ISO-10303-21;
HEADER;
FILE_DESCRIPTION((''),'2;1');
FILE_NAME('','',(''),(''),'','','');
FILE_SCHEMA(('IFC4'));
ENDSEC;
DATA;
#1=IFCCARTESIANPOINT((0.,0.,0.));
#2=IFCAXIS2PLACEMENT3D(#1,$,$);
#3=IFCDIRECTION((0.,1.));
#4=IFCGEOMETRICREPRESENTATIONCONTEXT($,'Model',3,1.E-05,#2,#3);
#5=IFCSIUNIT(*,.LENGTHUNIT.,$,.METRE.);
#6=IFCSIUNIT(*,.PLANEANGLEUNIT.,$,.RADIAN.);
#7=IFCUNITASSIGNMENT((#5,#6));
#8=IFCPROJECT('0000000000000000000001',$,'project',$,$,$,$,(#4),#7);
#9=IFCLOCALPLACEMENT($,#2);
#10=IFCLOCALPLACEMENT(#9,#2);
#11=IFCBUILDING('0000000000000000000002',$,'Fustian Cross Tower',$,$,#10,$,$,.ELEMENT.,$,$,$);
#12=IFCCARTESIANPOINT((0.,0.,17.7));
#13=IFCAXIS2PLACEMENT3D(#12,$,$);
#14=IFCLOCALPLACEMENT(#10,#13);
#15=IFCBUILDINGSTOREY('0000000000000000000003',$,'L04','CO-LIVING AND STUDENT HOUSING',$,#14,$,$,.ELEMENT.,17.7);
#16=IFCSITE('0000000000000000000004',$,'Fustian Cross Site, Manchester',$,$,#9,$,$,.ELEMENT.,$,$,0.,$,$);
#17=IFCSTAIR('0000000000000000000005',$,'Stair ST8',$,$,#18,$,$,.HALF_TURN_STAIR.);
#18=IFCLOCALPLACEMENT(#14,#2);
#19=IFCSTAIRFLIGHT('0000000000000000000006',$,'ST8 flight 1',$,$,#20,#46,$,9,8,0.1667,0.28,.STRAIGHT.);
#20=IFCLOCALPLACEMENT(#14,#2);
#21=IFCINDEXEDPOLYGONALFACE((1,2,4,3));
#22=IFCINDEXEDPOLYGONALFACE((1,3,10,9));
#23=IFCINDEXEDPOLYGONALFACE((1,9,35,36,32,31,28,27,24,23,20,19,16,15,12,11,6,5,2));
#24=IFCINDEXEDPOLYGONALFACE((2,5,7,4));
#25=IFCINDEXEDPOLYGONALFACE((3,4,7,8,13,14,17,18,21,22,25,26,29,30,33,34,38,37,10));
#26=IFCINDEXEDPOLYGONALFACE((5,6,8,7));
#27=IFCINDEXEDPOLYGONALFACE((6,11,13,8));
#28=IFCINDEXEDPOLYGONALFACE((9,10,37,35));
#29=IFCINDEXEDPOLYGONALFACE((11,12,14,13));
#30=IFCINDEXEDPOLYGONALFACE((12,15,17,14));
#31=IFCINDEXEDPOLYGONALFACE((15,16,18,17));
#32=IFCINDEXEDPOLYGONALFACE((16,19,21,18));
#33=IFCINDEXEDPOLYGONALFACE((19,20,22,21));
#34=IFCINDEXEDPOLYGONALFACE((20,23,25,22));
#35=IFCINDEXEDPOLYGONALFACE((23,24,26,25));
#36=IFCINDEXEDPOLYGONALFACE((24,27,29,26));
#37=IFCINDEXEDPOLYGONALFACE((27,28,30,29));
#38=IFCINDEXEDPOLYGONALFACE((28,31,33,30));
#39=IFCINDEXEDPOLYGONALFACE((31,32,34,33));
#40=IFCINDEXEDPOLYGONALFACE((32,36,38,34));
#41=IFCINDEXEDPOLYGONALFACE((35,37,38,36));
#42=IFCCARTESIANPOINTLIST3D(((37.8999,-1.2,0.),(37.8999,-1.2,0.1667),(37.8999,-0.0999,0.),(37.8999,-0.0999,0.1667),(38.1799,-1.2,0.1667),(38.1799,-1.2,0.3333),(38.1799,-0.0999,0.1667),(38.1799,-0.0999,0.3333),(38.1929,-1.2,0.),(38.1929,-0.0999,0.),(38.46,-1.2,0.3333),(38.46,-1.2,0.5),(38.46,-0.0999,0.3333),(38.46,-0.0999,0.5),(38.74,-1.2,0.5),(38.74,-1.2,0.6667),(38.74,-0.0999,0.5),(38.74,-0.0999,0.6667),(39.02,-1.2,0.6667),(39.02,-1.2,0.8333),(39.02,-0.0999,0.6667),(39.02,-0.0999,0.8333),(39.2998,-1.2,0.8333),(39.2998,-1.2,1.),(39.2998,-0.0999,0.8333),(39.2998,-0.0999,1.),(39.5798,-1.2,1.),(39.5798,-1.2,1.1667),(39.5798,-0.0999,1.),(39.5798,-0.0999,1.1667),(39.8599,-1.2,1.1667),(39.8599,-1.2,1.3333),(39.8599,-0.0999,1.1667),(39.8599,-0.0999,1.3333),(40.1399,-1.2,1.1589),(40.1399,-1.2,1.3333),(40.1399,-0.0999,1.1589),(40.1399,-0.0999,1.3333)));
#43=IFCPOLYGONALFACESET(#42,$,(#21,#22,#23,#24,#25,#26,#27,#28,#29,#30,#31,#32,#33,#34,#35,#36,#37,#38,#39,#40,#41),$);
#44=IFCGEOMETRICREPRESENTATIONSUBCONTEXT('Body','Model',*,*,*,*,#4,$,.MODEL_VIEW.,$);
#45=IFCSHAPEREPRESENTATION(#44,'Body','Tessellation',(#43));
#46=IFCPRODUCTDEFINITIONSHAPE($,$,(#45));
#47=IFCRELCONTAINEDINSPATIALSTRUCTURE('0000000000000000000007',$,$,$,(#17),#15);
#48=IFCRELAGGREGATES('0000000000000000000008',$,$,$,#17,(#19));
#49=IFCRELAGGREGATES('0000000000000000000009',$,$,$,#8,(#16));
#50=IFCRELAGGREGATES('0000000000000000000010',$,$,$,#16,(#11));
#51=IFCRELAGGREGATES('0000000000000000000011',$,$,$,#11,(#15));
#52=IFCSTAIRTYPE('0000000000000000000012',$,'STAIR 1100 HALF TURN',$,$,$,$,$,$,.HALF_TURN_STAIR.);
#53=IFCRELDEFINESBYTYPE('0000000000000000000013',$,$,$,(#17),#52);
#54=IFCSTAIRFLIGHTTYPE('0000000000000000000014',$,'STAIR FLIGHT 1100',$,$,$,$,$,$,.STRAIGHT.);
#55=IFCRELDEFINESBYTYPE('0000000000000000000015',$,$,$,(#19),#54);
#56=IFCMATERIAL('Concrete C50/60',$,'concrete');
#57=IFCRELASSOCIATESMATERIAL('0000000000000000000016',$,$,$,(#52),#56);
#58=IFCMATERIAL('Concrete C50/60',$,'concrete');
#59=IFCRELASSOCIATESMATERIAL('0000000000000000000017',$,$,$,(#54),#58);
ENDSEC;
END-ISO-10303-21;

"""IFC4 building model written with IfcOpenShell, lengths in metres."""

from ifc_helpers import new_model, si_unit, direction, frame, origin, place, context, subcontext, project, spatial, polyline, outline, extrude, material, type_object, element, aggregate, save


model = new_model("IFC4")

# Units and contexts
model_context = context("Model", 3, precision=1e-05, world=origin(), true_north=direction((0.0, 1.0)))
body_context = subcontext(model_context, "Body", "Model", "MODEL_VIEW")
ifc_project = project(units=[si_unit("LENGTHUNIT", "METRE"), si_unit("PLANEANGLEUNIT", "RADIAN")], contexts=[model_context])

# Site, building, storey
site_placement = place(None, origin())
site = spatial("IfcSite", under=ifc_project, at=site_placement, Name="Fustian Cross Site, Manchester", CompositionType="ELEMENT", RefElevation=0.0)
building_placement = place(site_placement, origin())
building = spatial("IfcBuilding", under=site, at=building_placement, Name="Fustian Cross Tower", CompositionType="ELEMENT")
storey_placement = place(building_placement, frame((0.0, 0.0, 17.7)))
storey = spatial("IfcBuildingStorey", under=building, at=storey_placement, Name="L04", Description="CO-LIVING AND STUDENT HOUSING", CompositionType="ELEMENT", Elevation=17.7)

# Stair, stair flight
ifc_material_1 = material(Name="Concrete C50/60", Category="concrete")
stair_type = type_object("IfcStairType", Name="STAIR 1100 HALF TURN", PredefinedType="HALF_TURN_STAIR", material=ifc_material_1)
stair_placement = place(storey_placement, origin())
stair = element("IfcStair", 1, at=stair_placement, inside=storey, type_object=stair_type, Name="Stair ST8", PredefinedType="HALF_TURN_STAIR")
ifc_material_2 = material(Name="Concrete C50/60", Category="concrete")
stair_flight_type = type_object("IfcStairFlightType", Name="STAIR FLIGHT 1100", PredefinedType="STRAIGHT", material=ifc_material_2)
stair_flight_placement = place(storey_placement, frame((37.8999, -0.6499, 0.0), z_axis=(0.0, 0.0, 1.0), x_axis=(1.0, 0.0, 0.0)))
stair_flight = element("IfcStairFlight", 2, at=stair_flight_placement, type_object=stair_flight_type, Name="ST8 flight 1", NumberOfRisers=9, NumberOfTreads=8, PredefinedType="STRAIGHT", RiserHeight=0.1667, TreadLength=0.28, context=body_context, shape_type="SweptSolid", body=[
    extrude(outline(polyline([(0.0, 0.0), (0.0, 0.1667), (0.28, 0.1667), (0.28, 0.3333), (0.5601, 0.3333), (0.5601, 0.5), (0.8401, 0.5), (0.8401, 0.6667), (1.1201, 0.6667), (1.1201, 0.8333), (1.3999, 0.8333), (1.3999, 1.0), (1.6799, 1.0), (1.6799, 1.1667), (1.96, 1.1667), (1.96, 1.3333), (2.24, 1.3333), (2.24, 1.5), (2.24, 1.1589), (0.293, 0.0), (0.0, 0.0)])), frame((0.0, 0.55, 0.0), z_axis=(0.0, -1.0, 0.0), x_axis=(1.0, 0.0, 0.0)), (0.0, 0.0, 1.0), 1.1001),
])
aggregate(stair, [stair_flight])

save(model, "model.ifc")
